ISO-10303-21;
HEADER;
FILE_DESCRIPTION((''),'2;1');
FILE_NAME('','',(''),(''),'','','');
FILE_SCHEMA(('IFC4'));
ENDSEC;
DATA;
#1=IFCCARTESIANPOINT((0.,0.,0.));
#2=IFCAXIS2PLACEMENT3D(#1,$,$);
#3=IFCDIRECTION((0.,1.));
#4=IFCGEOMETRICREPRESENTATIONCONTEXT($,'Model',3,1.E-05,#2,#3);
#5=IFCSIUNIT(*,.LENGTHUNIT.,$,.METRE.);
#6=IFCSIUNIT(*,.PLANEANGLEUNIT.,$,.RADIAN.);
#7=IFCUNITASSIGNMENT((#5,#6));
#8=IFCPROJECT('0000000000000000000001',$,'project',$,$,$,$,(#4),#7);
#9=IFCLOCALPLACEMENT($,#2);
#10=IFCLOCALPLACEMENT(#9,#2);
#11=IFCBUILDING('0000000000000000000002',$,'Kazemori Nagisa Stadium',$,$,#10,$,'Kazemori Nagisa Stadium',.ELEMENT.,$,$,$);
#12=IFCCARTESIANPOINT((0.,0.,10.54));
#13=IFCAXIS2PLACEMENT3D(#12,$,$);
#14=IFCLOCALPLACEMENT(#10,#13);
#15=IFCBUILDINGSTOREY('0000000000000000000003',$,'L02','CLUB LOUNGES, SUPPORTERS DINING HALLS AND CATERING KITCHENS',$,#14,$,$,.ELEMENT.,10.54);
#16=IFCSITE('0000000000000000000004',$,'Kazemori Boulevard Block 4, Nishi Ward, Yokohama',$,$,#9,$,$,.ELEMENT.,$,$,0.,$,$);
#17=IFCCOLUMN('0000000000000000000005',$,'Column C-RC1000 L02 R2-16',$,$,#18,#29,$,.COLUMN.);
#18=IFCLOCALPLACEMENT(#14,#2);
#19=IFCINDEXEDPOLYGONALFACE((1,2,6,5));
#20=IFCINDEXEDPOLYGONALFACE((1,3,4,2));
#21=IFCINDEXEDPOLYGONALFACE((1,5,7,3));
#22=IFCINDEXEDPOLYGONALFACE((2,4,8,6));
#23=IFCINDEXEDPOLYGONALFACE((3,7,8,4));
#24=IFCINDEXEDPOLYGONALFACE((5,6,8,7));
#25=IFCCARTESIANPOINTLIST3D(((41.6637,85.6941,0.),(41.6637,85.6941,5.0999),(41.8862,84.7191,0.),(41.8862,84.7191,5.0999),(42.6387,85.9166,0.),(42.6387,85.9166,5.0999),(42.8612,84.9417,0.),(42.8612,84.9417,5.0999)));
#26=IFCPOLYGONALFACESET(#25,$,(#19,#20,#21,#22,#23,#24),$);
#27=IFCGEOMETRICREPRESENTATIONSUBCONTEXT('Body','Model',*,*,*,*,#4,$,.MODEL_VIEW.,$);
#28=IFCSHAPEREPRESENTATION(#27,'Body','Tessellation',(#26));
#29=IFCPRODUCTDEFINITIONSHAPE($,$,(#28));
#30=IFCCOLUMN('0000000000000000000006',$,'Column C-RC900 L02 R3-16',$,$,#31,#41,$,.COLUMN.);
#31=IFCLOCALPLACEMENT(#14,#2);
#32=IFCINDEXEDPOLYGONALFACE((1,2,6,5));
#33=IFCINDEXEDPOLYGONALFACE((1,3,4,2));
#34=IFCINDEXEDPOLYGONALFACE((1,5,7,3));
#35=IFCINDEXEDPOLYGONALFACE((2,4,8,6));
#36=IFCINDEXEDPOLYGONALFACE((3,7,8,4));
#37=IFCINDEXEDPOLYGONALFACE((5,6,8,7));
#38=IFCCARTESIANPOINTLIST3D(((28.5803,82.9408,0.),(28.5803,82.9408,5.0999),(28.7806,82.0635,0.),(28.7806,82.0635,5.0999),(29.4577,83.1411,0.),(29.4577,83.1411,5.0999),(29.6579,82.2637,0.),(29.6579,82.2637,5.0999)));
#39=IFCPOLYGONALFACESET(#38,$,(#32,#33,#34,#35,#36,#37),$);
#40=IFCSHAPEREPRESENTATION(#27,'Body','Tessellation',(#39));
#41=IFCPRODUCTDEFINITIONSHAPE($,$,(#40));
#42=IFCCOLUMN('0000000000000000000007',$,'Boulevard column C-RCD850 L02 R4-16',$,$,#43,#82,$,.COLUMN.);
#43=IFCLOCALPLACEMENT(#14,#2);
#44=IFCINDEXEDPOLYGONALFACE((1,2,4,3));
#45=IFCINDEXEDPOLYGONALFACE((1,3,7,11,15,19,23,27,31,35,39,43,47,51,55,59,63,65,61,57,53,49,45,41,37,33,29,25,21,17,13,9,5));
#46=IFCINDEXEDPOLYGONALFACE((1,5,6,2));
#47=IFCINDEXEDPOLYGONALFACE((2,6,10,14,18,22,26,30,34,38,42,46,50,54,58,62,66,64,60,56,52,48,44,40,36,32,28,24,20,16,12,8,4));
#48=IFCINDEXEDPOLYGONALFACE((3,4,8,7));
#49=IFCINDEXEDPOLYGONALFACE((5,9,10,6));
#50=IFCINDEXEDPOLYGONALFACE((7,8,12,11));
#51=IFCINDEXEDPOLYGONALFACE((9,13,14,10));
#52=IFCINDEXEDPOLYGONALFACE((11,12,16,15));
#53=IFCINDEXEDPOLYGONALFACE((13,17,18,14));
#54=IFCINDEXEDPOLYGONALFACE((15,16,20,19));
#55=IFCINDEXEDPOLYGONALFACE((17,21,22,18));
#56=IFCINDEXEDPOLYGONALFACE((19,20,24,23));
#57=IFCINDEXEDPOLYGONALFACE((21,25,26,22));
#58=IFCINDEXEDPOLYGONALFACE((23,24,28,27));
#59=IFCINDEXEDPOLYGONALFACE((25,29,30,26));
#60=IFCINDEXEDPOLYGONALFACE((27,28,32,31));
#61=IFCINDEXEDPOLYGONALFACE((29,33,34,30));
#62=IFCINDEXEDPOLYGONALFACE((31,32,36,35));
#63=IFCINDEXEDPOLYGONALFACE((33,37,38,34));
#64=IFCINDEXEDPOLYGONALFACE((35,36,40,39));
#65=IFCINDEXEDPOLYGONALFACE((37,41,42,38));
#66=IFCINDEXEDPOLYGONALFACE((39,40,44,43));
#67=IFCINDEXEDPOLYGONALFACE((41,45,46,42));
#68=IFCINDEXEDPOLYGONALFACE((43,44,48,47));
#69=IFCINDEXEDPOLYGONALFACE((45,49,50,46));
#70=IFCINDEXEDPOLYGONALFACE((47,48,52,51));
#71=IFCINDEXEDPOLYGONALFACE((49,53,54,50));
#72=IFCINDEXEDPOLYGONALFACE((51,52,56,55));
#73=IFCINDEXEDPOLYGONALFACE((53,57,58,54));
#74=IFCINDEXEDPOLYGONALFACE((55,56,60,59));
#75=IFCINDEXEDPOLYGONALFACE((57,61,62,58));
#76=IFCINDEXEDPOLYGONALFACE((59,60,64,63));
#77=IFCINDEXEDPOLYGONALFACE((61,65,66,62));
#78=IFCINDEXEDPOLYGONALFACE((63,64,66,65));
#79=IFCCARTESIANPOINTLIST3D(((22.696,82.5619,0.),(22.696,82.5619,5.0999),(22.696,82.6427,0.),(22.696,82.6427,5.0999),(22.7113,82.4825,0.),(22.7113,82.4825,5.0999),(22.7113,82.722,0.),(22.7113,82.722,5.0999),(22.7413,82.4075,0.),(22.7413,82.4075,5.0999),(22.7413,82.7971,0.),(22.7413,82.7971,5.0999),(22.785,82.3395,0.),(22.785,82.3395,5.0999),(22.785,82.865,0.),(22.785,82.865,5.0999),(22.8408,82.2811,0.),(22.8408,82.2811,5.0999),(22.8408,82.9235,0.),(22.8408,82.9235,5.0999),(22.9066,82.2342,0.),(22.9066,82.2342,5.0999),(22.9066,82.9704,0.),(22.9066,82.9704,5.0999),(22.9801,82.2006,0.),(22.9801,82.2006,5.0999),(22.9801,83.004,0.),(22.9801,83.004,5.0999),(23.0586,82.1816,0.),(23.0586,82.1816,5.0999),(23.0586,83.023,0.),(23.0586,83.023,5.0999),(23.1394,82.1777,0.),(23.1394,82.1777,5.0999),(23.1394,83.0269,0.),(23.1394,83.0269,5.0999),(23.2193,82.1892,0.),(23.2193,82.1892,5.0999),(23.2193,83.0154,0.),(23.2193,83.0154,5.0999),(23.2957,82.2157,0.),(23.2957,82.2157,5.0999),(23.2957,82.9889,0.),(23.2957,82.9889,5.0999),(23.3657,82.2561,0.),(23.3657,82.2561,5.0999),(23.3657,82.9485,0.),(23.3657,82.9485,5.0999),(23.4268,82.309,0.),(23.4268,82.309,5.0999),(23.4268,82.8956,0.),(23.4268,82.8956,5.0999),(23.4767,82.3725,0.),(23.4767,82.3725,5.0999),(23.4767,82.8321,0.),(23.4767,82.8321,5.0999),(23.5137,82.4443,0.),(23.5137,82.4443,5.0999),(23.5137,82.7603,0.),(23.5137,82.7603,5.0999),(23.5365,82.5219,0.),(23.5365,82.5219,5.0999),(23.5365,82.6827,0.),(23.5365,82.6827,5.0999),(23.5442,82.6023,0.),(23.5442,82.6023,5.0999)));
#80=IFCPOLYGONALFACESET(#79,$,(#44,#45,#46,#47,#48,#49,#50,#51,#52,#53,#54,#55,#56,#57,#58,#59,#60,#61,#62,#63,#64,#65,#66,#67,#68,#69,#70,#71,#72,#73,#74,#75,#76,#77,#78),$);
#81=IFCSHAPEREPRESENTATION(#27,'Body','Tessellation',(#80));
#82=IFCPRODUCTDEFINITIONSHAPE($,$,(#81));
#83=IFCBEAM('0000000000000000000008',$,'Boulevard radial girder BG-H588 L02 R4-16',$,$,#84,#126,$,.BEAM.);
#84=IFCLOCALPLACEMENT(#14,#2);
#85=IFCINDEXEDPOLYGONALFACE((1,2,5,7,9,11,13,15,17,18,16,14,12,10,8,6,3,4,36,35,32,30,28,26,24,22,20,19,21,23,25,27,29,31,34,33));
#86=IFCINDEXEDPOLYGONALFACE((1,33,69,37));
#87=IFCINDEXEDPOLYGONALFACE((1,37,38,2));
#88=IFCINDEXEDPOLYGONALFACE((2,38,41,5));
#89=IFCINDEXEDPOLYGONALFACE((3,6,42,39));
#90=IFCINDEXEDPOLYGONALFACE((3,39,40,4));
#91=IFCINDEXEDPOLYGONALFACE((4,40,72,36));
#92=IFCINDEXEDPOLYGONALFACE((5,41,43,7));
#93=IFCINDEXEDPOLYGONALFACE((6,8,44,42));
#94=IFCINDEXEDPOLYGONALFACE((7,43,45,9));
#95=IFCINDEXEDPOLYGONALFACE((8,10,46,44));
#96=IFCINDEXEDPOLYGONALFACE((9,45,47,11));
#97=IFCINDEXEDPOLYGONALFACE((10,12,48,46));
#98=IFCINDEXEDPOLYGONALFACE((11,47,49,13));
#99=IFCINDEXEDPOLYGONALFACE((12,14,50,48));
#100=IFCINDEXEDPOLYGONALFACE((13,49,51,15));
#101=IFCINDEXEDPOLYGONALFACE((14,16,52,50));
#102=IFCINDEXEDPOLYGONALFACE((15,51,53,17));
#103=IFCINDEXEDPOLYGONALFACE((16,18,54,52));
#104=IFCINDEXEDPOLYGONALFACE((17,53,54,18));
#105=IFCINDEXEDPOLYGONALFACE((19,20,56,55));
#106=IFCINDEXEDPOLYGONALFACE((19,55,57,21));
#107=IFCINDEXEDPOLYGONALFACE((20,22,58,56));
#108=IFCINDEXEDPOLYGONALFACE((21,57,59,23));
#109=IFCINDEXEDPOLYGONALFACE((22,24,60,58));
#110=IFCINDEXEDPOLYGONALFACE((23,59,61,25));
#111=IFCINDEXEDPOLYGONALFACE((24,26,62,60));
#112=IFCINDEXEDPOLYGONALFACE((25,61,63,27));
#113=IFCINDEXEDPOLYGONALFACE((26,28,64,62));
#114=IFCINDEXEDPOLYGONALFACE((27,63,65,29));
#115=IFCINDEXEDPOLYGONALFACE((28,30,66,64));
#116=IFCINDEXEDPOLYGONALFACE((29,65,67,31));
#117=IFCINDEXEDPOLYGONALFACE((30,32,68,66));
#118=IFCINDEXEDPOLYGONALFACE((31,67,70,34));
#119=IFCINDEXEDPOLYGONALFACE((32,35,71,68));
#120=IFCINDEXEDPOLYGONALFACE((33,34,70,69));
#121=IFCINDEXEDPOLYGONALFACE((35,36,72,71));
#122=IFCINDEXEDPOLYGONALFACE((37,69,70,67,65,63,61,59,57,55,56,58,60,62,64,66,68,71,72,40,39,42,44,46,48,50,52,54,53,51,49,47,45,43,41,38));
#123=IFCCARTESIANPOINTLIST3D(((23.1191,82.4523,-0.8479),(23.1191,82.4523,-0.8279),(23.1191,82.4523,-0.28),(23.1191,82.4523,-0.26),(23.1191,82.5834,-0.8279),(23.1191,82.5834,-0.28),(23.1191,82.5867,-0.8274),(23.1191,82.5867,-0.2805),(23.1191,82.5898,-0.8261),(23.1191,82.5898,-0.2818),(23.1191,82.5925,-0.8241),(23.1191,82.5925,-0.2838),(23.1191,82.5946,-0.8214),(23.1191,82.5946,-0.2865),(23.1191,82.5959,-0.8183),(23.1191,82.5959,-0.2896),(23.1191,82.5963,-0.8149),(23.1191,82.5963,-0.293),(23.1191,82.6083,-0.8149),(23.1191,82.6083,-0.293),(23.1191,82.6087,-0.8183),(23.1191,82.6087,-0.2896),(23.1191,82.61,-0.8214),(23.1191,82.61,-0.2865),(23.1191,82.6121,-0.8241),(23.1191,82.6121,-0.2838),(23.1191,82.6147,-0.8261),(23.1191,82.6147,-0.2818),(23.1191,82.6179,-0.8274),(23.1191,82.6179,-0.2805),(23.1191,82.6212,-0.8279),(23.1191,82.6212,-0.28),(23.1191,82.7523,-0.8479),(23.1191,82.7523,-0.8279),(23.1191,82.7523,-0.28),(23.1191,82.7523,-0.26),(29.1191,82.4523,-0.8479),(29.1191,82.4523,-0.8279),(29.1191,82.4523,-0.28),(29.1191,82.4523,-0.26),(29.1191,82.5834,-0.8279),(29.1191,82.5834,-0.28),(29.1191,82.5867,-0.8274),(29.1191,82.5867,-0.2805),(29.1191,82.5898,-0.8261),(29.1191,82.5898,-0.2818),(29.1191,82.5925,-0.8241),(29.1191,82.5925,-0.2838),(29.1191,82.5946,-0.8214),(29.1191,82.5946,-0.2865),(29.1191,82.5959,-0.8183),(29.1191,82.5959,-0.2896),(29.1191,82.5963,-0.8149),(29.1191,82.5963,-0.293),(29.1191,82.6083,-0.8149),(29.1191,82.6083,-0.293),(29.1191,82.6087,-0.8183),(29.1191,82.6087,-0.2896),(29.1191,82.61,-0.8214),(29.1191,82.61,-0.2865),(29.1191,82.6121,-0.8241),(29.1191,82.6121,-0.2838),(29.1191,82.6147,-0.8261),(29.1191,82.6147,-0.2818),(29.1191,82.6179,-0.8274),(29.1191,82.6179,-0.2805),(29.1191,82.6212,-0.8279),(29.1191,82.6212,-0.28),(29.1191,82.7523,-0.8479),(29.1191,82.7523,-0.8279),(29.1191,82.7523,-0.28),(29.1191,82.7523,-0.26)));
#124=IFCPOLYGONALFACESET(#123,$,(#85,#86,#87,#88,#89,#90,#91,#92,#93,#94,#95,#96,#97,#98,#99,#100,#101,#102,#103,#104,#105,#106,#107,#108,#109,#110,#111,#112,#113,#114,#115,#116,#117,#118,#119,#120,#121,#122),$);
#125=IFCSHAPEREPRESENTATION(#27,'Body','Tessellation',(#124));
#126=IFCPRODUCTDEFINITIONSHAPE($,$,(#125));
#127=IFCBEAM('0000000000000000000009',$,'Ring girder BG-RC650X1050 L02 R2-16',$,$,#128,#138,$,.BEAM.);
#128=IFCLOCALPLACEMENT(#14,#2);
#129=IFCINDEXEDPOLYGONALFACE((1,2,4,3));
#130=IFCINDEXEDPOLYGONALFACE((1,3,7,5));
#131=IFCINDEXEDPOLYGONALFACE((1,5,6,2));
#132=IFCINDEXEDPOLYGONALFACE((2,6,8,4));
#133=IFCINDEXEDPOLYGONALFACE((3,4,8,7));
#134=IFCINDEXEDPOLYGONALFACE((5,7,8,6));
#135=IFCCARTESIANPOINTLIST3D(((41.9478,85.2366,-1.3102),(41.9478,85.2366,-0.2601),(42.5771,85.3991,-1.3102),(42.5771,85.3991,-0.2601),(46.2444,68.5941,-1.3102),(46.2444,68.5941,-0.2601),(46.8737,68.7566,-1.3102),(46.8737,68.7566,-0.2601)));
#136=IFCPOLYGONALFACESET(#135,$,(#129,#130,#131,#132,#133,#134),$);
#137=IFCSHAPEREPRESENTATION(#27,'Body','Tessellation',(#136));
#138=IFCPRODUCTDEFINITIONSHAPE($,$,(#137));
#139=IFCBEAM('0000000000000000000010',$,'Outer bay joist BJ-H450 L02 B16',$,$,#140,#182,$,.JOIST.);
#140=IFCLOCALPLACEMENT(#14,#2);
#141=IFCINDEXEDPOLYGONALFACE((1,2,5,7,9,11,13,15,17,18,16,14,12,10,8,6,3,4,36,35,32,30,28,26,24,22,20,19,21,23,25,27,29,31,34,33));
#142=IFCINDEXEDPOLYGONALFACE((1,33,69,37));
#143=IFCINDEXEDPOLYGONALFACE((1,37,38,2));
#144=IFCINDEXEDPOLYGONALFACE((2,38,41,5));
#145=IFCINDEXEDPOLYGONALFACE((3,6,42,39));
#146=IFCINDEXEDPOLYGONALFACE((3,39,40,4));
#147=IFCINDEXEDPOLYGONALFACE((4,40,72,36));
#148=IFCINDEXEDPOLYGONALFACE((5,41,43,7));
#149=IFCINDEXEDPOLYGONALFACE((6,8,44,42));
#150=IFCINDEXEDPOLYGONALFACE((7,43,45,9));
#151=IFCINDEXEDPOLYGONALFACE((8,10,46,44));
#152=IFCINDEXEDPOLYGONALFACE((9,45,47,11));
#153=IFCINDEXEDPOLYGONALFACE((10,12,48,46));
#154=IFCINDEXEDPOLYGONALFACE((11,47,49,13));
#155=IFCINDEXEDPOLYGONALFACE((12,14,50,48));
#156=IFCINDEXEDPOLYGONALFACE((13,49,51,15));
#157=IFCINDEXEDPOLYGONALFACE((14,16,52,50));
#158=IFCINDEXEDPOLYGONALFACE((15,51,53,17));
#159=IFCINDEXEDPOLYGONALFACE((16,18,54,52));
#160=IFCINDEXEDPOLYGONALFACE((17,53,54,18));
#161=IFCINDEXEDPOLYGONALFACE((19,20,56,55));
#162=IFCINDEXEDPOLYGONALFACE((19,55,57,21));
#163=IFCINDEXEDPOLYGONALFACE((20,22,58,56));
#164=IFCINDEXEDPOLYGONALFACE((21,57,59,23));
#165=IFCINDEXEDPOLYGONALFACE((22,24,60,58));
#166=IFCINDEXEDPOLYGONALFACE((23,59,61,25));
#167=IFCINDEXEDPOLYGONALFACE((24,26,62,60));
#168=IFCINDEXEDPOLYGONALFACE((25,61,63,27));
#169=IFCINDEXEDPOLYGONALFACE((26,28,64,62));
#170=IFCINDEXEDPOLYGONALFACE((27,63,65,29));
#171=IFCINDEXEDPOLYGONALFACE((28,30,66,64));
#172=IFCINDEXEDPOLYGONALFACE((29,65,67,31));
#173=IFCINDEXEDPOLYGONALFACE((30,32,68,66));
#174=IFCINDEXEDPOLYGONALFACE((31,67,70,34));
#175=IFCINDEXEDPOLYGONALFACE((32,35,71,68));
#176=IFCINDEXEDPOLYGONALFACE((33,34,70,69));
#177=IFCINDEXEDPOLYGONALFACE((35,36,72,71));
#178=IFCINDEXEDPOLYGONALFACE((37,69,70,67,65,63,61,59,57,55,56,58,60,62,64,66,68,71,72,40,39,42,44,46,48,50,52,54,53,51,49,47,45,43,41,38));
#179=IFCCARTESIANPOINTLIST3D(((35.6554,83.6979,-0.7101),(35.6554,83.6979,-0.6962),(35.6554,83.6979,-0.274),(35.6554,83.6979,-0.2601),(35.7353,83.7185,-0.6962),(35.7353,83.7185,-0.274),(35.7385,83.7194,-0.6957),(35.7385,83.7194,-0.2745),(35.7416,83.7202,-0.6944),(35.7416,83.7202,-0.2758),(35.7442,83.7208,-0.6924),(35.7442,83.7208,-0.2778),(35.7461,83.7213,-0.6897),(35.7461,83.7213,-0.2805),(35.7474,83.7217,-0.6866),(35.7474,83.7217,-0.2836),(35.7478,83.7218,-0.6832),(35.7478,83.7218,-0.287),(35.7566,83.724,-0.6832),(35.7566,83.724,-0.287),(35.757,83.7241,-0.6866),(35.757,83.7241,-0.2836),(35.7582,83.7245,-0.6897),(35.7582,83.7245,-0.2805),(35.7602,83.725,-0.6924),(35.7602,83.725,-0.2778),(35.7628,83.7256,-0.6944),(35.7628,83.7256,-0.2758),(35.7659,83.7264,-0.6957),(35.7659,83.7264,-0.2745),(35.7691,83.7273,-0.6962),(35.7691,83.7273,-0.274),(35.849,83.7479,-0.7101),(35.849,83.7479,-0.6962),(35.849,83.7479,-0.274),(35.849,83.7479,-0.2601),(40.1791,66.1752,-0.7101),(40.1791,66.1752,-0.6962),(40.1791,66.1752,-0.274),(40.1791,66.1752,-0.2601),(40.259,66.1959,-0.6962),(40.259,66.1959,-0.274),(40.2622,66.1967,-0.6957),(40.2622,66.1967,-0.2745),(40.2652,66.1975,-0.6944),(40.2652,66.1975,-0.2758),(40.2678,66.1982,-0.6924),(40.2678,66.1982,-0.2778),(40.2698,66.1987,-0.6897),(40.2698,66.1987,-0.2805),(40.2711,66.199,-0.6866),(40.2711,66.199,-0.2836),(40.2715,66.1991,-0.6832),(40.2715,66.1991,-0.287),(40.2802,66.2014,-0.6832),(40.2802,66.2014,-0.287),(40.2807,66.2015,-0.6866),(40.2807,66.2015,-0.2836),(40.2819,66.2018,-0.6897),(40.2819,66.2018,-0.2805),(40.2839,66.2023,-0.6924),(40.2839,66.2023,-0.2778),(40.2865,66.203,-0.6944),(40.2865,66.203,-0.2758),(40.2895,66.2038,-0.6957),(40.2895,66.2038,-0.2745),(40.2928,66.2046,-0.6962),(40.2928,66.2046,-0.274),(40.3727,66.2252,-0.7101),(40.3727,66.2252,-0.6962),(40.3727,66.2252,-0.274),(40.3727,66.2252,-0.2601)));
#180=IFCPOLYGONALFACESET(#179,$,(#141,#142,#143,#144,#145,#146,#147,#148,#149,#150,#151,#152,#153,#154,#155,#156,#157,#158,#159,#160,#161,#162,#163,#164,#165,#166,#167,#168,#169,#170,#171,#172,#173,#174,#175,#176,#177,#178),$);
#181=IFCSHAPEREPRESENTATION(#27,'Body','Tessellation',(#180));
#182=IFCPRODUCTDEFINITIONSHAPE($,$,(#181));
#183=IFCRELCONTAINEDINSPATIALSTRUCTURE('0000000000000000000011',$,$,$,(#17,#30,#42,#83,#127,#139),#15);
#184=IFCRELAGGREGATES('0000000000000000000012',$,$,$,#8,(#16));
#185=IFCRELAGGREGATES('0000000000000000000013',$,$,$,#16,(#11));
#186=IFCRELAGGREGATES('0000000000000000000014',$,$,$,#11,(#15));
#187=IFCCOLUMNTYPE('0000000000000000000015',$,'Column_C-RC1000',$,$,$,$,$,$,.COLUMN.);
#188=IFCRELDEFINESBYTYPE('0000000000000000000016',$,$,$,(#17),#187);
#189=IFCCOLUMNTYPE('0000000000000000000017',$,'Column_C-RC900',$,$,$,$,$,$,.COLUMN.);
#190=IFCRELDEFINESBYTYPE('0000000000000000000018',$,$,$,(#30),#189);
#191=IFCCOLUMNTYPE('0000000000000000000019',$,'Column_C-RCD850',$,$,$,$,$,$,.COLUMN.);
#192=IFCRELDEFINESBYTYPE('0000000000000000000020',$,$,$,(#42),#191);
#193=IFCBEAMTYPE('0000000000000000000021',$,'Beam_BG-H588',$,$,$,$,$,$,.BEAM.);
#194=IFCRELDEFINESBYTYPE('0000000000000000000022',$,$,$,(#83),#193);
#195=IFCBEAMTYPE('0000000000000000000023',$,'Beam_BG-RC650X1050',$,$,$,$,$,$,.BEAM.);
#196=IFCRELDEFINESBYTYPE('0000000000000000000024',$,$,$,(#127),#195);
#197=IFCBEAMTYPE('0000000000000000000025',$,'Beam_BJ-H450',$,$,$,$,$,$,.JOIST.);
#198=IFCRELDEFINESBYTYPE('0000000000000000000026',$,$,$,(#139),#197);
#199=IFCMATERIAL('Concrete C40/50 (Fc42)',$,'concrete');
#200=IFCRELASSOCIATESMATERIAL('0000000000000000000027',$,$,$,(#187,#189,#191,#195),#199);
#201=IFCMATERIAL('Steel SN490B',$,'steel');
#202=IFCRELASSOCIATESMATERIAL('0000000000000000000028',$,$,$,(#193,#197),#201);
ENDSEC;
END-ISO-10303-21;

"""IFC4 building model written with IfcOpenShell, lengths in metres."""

from ifc_helpers import new_model, si_unit, direction, frame, origin, origin_2d, place, context, subcontext, project, spatial, rectangle, circle, i_section, extrude, material, material_profile, profile_set, type_object, element, save


model = new_model("IFC4")

# Units and contexts
model_context = context("Model", 3, precision=1e-05, world=origin(), true_north=direction((0.0, 1.0)))
body_context = subcontext(model_context, "Body", "Model", "MODEL_VIEW")
ifc_project = project(units=[si_unit("LENGTHUNIT", "METRE"), si_unit("PLANEANGLEUNIT", "RADIAN")], contexts=[model_context])

# Site, building, storey
site_placement = place(None, origin())
site = spatial("IfcSite", under=ifc_project, at=site_placement, Name="Kazemori Boulevard Block 4, Nishi Ward, Yokohama", CompositionType="ELEMENT", RefElevation=0.0)
building_placement = place(site_placement, origin())
building = spatial("IfcBuilding", under=site, at=building_placement, Name="Kazemori Nagisa Stadium", LongName="Kazemori Nagisa Stadium", CompositionType="ELEMENT")
storey_placement = place(building_placement, frame((0.0, 0.0, 10.54)))
storey = spatial("IfcBuildingStorey", under=building, at=storey_placement, Name="L02", Description="CLUB LOUNGES, SUPPORTERS DINING HALLS AND CATERING KITCHENS", CompositionType="ELEMENT", Elevation=10.54)

# Columns
ifc_material_1 = material(Name="Concrete C40/50 (Fc42)", Category="concrete")
ifc_material_profile_1 = material_profile(ifc_material_1, rectangle(XDim=1.0, YDim=1.0, at=origin_2d()), Name="RC-COL-1000x1000")
ifc_profile_set_1 = profile_set([ifc_material_profile_1], Name="Concrete C40/50 (Fc42)")
column_type_1 = type_object("IfcColumnType", Name="Column_C-RC1000", PredefinedType="COLUMN", material=ifc_profile_set_1)
column_1_placement = place(storey_placement, frame((42.2625, 85.3179, 0.0), z_axis=(0.0, 0.0, 1.0), x_axis=(-0.974928, -0.222521, 0.0)))
element("IfcColumn", 1, at=column_1_placement, inside=storey, type_object=column_type_1, Name="Column C-RC1000 L02 R2-16", PredefinedType="COLUMN", context=body_context, shape_type="SweptSolid", body=[
    extrude(rectangle(XDim=1.0, YDim=1.0, at=origin_2d()), origin(), (0.0, 0.0, 1.0), 5.0999),
])
ifc_material_profile_2 = material_profile(ifc_material_1, rectangle(XDim=0.8999, YDim=0.8999, at=origin_2d()), Name="RC-COL-900x900")
ifc_profile_set_2 = profile_set([ifc_material_profile_2], Name="Concrete C40/50 (Fc42)")
column_type_2 = type_object("IfcColumnType", Name="Column_C-RC900", PredefinedType="COLUMN", material=ifc_profile_set_2)
column_2_placement = place(storey_placement, frame((29.1191, 82.6023, 0.0), z_axis=(0.0, 0.0, 1.0), x_axis=(-0.974928, -0.222521, 0.0)))
element("IfcColumn", 2, at=column_2_placement, inside=storey, type_object=column_type_2, Name="Column C-RC900 L02 R3-16", PredefinedType="COLUMN", context=body_context, shape_type="SweptSolid", body=[
    extrude(rectangle(XDim=0.8999, YDim=0.8999, at=origin_2d()), origin(), (0.0, 0.0, 1.0), 5.0999),
])
ifc_material_profile_3 = material_profile(ifc_material_1, circle(Radius=0.425, at=origin_2d()), Name="RC-COL-D850")
ifc_profile_set_3 = profile_set([ifc_material_profile_3], Name="Concrete C40/50 (Fc42)")
column_type_3 = type_object("IfcColumnType", Name="Column_C-RCD850", PredefinedType="COLUMN", material=ifc_profile_set_3)
column_3_placement = place(storey_placement, frame((23.1191, 82.6023, 0.0), z_axis=(0.0, 0.0, 1.0), x_axis=(1.0, 0.0, 0.0)))
element("IfcColumn", 3, at=column_3_placement, inside=storey, type_object=column_type_3, Name="Boulevard column C-RCD850 L02 R4-16", PredefinedType="COLUMN", context=body_context, shape_type="SweptSolid", body=[
    extrude(circle(Radius=0.425, at=origin_2d()), origin(), (0.0, 0.0, 1.0), 5.0999),
])

# Beams
ifc_material_2 = material(Name="Steel SN490B", Category="steel")
ifc_material_profile_4 = material_profile(ifc_material_2, i_section(OverallWidth=0.3, OverallDepth=0.5879, WebThickness=0.012, FlangeThickness=0.02, FilletRadius=0.0129, at=origin_2d()), Name="H-588x300x12x20")
ifc_profile_set_4 = profile_set([ifc_material_profile_4], Name="Steel SN490B")
beam_type_1 = type_object("IfcBeamType", Name="Beam_BG-H588", PredefinedType="BEAM", material=ifc_profile_set_4)
beam_1_placement = place(storey_placement, frame((29.1191, 82.6023, -0.554), z_axis=(-1.0, 0.0, 0.0), x_axis=(0.0, -1.0, 0.0)))
element("IfcBeam", 4, at=beam_1_placement, inside=storey, type_object=beam_type_1, Name="Boulevard radial girder BG-H588 L02 R4-16", PredefinedType="BEAM", context=body_context, shape_type="SweptSolid", body=[
    extrude(i_section(OverallWidth=0.3, OverallDepth=0.5879, WebThickness=0.012, FlangeThickness=0.02, FilletRadius=0.0129, at=origin_2d()), origin(), (0.0, 0.0, 1.0), 6.0),
])
ifc_material_profile_5 = material_profile(ifc_material_1, rectangle(XDim=0.6499, YDim=1.05, at=origin_2d()), Name="RC-BM-650x1050")
ifc_profile_set_5 = profile_set([ifc_material_profile_5], Name="Concrete C40/50 (Fc42)")
beam_type_2 = type_object("IfcBeamType", Name="Beam_BG-RC650X1050", PredefinedType="BEAM", material=ifc_profile_set_5)
beam_2_placement = place(storey_placement, frame((42.2625, 85.3179, -0.7852), z_axis=(0.249975, -0.968252, 0.0), x_axis=(0.968252, 0.249975, 0.0)))
element("IfcBeam", 5, at=beam_2_placement, inside=storey, type_object=beam_type_2, Name="Ring girder BG-RC650X1050 L02 R2-16", PredefinedType="BEAM", context=body_context, shape_type="SweptSolid", body=[
    extrude(rectangle(XDim=0.6499, YDim=1.05, at=origin_2d()), origin(), (0.0, 0.0, 1.0), 17.1882),
])
ifc_material_profile_6 = material_profile(ifc_material_2, i_section(OverallWidth=0.2, OverallDepth=0.45, WebThickness=0.009, FlangeThickness=0.0139, FilletRadius=0.0129, at=origin_2d()), Name="H-450x200x9x14")
ifc_profile_set_6 = profile_set([ifc_material_profile_6], Name="Steel SN490B")
beam_type_3 = type_object("IfcBeamType", Name="Beam_BJ-H450", PredefinedType="JOIST", material=ifc_profile_set_6)
beam_3_placement = place(storey_placement, frame((35.7522, 83.7229, -0.4851), z_axis=(0.249966, -0.968255, 0.0), x_axis=(0.968255, 0.249966, 0.0)))
element("IfcBeam", 6, at=beam_3_placement, inside=storey, type_object=beam_type_3, Name="Outer bay joist BJ-H450 L02 B16", PredefinedType="JOIST", context=body_context, shape_type="SweptSolid", body=[
    extrude(i_section(OverallWidth=0.2, OverallDepth=0.45, WebThickness=0.009, FlangeThickness=0.0139, FilletRadius=0.0129, at=origin_2d()), origin(), (0.0, 0.0, 1.0), 18.0972),
])

save(model, "model.ifc")
